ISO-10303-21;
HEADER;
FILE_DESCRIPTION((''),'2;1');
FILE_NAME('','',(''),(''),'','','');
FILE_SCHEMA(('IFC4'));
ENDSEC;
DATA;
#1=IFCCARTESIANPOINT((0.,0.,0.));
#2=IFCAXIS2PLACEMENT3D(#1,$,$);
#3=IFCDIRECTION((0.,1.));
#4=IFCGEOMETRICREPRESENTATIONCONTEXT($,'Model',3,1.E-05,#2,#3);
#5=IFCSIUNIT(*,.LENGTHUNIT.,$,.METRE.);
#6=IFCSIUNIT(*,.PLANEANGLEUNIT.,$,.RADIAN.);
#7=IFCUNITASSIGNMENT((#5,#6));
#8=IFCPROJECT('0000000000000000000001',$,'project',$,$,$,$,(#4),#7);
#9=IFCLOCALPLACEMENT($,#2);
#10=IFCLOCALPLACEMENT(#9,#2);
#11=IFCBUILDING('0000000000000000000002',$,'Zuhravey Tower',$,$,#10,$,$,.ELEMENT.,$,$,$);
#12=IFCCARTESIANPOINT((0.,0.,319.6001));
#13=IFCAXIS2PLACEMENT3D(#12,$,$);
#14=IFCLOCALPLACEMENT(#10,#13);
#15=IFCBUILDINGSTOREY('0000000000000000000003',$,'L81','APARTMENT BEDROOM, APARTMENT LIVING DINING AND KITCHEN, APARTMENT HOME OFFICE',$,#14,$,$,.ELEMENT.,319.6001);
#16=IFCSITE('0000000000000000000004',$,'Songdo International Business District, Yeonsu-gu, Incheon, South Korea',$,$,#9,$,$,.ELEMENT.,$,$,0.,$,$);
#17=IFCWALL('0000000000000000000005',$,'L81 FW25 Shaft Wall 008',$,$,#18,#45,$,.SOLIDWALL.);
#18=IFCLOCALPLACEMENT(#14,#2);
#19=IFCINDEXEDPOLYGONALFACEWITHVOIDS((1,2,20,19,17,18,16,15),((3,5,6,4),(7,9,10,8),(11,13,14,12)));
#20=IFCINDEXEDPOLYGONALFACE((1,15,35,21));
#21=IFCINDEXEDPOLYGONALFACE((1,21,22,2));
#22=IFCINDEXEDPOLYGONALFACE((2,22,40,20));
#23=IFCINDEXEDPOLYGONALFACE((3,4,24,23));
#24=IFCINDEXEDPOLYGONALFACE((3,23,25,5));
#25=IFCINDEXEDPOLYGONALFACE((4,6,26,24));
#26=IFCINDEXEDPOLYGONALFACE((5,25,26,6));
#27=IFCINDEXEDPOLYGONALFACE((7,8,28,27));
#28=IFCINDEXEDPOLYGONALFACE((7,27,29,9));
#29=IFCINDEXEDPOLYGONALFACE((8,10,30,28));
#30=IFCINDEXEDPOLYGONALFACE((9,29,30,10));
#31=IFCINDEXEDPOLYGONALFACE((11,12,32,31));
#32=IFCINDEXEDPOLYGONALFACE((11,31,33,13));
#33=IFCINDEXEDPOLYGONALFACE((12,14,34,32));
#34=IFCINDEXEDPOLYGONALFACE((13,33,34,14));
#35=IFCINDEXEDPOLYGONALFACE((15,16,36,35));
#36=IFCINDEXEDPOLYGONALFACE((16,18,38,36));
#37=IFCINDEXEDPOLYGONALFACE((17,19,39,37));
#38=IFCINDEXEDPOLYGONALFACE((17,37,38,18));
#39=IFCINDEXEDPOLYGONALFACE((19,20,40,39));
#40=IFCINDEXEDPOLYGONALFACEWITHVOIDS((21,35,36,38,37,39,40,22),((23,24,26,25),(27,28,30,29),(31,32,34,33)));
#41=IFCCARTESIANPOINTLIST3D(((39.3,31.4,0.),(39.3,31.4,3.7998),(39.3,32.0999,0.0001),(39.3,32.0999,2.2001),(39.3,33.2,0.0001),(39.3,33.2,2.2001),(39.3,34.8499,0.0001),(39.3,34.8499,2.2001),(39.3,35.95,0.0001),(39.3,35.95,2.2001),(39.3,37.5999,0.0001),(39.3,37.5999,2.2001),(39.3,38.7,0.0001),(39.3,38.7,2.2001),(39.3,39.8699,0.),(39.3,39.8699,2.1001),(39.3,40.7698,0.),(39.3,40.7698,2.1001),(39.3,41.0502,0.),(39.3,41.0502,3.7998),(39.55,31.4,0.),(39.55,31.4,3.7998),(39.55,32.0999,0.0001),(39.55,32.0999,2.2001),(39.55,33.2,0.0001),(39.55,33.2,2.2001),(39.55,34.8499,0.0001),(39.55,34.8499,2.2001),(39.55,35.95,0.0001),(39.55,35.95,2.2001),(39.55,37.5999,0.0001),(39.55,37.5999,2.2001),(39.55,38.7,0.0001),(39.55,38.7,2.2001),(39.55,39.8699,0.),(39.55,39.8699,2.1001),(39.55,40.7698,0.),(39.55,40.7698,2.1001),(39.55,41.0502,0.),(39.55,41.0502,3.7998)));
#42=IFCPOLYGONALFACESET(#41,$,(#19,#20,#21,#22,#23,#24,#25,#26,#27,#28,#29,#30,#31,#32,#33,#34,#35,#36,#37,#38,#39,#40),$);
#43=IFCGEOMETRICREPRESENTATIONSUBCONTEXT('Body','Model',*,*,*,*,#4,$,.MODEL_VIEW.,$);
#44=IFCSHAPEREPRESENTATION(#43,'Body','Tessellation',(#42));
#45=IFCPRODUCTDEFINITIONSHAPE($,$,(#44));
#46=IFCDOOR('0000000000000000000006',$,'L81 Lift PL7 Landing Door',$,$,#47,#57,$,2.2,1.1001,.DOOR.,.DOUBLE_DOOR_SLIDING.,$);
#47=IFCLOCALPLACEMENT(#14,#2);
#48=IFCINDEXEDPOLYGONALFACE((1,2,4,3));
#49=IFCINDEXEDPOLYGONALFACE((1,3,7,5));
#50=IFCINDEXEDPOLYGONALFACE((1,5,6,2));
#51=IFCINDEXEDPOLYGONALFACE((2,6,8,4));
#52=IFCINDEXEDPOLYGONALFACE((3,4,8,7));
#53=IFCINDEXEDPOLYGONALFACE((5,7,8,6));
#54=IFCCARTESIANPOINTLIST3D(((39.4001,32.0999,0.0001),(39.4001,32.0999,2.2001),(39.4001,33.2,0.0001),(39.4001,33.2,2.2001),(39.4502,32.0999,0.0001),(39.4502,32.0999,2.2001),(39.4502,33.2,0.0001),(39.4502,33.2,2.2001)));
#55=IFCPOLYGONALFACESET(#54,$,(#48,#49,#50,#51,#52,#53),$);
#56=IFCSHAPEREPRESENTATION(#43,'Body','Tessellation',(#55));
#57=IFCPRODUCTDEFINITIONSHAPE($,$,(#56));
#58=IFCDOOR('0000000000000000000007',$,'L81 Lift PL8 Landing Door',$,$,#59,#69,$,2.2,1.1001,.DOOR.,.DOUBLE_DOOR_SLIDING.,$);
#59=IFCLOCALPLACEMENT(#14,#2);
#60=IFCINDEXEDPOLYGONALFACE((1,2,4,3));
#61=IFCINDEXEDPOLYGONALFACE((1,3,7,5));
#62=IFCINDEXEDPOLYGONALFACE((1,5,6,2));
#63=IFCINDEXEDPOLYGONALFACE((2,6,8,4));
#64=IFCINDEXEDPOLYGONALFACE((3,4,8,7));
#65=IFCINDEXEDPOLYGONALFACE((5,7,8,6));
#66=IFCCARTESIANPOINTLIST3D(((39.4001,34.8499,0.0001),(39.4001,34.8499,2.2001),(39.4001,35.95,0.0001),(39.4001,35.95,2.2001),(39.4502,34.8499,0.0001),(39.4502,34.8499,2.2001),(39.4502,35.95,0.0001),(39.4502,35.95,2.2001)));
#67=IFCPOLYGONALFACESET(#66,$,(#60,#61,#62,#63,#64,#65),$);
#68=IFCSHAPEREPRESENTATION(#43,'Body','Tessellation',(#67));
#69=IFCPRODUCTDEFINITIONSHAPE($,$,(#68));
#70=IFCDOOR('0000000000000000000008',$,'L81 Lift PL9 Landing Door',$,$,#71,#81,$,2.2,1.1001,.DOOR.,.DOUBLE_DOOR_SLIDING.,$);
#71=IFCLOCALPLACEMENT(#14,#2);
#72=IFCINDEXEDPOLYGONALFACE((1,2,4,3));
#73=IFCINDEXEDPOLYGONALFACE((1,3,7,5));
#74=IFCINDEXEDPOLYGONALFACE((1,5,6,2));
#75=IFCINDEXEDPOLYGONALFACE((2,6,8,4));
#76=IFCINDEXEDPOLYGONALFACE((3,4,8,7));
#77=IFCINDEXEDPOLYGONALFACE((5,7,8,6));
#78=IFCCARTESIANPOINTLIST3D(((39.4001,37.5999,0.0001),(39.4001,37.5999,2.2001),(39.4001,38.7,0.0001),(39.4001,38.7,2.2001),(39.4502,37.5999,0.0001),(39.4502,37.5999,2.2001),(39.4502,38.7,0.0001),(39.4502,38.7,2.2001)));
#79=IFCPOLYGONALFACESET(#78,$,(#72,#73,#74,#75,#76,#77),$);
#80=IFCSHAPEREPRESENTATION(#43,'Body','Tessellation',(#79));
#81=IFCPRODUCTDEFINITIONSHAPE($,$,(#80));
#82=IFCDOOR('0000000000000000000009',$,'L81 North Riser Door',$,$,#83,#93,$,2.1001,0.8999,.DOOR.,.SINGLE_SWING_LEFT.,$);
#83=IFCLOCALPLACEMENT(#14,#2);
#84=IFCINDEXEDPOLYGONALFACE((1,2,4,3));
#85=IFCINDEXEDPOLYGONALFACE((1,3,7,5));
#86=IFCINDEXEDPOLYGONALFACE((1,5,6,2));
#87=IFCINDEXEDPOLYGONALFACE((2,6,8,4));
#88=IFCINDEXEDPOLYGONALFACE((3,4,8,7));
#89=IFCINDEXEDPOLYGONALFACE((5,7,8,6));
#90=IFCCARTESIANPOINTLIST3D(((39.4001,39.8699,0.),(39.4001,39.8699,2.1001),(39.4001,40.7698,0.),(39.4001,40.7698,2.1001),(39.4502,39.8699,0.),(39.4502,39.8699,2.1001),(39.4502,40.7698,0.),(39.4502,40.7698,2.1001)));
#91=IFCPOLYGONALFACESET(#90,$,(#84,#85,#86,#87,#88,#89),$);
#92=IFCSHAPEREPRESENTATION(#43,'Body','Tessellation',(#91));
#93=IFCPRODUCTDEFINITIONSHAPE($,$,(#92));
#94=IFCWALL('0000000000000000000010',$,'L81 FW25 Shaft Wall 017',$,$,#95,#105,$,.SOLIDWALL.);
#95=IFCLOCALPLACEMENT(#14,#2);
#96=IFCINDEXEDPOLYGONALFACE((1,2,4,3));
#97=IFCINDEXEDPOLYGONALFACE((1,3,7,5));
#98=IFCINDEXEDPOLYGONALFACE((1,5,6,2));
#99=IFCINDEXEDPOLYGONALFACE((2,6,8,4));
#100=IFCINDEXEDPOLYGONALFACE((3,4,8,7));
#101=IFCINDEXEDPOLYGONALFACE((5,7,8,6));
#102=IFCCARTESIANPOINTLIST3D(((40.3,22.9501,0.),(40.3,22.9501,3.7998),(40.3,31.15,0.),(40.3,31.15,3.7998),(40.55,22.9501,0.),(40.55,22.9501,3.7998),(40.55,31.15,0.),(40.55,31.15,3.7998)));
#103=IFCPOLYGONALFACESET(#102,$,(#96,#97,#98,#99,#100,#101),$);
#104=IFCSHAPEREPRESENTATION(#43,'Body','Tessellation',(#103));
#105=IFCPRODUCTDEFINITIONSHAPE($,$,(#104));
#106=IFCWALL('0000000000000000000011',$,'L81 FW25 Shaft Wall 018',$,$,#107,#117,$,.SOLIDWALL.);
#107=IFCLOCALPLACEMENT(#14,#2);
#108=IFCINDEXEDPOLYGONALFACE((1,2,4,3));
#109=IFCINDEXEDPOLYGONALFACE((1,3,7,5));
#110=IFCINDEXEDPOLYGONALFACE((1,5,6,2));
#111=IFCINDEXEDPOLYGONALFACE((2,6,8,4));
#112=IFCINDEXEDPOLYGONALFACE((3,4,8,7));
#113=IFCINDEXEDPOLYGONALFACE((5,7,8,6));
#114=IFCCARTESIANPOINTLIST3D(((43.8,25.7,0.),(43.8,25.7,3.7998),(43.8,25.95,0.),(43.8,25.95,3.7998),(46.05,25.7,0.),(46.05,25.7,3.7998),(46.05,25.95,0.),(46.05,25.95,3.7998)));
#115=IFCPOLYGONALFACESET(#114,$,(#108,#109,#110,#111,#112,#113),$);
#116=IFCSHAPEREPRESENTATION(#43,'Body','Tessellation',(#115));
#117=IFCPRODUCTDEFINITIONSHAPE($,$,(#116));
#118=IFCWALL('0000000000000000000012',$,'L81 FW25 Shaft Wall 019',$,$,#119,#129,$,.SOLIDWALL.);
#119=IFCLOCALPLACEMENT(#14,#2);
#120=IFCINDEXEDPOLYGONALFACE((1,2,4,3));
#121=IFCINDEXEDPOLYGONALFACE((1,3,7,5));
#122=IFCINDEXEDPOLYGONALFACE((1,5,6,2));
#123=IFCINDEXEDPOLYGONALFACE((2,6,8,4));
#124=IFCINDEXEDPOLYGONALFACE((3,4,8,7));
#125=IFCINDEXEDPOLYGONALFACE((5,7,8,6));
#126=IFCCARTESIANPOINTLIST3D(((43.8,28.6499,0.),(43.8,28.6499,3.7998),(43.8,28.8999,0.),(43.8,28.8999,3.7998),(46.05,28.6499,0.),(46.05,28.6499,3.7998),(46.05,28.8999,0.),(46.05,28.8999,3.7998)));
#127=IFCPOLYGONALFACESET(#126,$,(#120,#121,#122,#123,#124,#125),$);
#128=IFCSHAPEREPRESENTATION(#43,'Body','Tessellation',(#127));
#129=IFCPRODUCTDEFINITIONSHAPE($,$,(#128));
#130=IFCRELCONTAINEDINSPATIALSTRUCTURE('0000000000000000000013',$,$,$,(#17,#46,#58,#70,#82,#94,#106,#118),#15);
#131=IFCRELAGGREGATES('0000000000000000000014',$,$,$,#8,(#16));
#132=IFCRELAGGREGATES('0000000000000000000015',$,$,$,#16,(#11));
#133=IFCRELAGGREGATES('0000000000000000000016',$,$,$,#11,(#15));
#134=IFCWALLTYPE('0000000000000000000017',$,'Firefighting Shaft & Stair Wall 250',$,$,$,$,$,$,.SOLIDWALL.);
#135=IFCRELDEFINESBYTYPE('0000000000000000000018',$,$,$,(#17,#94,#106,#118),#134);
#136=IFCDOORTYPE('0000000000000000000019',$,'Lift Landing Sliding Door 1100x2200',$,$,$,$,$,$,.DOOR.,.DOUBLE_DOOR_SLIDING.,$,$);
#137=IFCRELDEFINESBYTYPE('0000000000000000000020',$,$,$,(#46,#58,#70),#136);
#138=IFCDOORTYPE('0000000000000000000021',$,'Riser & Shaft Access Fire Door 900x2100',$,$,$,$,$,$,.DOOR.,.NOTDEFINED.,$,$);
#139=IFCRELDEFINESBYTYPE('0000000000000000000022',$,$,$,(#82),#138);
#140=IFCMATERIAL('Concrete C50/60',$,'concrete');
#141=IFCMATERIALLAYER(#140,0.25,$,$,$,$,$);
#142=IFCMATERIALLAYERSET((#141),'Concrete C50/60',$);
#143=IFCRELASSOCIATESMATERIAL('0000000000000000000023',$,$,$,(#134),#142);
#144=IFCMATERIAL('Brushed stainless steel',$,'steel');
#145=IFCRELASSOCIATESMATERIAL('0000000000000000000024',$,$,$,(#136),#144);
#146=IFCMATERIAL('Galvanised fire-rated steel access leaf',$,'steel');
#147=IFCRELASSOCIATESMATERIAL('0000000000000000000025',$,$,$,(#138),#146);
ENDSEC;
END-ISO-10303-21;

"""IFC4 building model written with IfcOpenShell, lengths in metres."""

from ifc_helpers import new_model, si_unit, direction, frame, frame_2d, origin, place, context, subcontext, project, spatial, rectangle, extrude, material, layer, layer_set, type_object, element, fill, save


model = new_model("IFC4")

# Units and contexts
model_context = context("Model", 3, precision=1e-05, world=origin(), true_north=direction((0.0, 1.0)))
body_context = subcontext(model_context, "Body", "Model", "MODEL_VIEW")
ifc_project = project(units=[si_unit("LENGTHUNIT", "METRE"), si_unit("PLANEANGLEUNIT", "RADIAN")], contexts=[model_context])

# Site, building, storey
site_placement = place(None, origin())
site = spatial("IfcSite", under=ifc_project, at=site_placement, Name="Songdo International Business District, Yeonsu-gu, Incheon, South Korea", CompositionType="ELEMENT", RefElevation=0.0)
building_placement = place(site_placement, origin())
building = spatial("IfcBuilding", under=site, at=building_placement, Name="Zuhravey Tower", CompositionType="ELEMENT")
storey_placement = place(building_placement, frame((0.0, 0.0, 319.6001)))
storey = spatial("IfcBuildingStorey", under=building, at=storey_placement, Name="L81", Description="APARTMENT BEDROOM, APARTMENT LIVING DINING AND KITCHEN, APARTMENT HOME OFFICE", CompositionType="ELEMENT", Elevation=319.6001)

# Shared definitions
ifc_material_1 = material(Name="Concrete C50/60", Category="concrete")

# Shared definitions
ifc_layer_1 = layer(ifc_material_1, 0.25)
ifc_layer_set_1 = layer_set([ifc_layer_1], Name="Concrete C50/60")
wall_type_1 = type_object("IfcWallType", Name="Firefighting Shaft & Stair Wall 250", PredefinedType="SOLIDWALL", material=ifc_layer_set_1)

# Wall, openings, doors
wall_1_placement = place(storey_placement, frame((39.425, 31.3999, 0.0), z_axis=(0.0, 0.0, 1.0), x_axis=(0.0, 1.0, 0.0)))
wall_1 = element("IfcWall", 1, at=wall_1_placement, inside=storey, type_object=wall_type_1, Name="L81 FW25 Shaft Wall 008", PredefinedType="SOLIDWALL", context=body_context, shape_type="SweptSolid", body=[
    extrude(rectangle(XDim=9.6501, YDim=0.25, at=frame_2d((4.8252, 0.0))), origin(), (0.0, 0.0, 1.0), 3.7998),
])
opening_1_placement = place(wall_1_placement, frame((0.7, 0.0, 0.0)))
opening_1 = element("IfcOpeningElement", 2, at=opening_1_placement, cuts=wall_1, PredefinedType="OPENING", context=body_context, shape_type="SweptSolid", body=[
    extrude(rectangle(XDim=1.1001, YDim=2.2, at=frame_2d((0.55, 1.1001))), frame((0.0, 0.137, 0.0), z_axis=(0.0, -1.0, 0.0), x_axis=(1.0, 0.0, 0.0)), (0.0, 0.0, 1.0), 0.2739),
])
opening_2_placement = place(wall_1_placement, frame((3.45, 0.0, 0.0)))
opening_2 = element("IfcOpeningElement", 3, at=opening_2_placement, cuts=wall_1, PredefinedType="OPENING", context=body_context, shape_type="SweptSolid", body=[
    extrude(rectangle(XDim=1.1001, YDim=2.2, at=frame_2d((0.55, 1.1001))), frame((0.0, 0.137, 0.0), z_axis=(0.0, -1.0, 0.0), x_axis=(1.0, 0.0, 0.0)), (0.0, 0.0, 1.0), 0.2739),
])
opening_3_placement = place(wall_1_placement, frame((6.2, 0.0, 0.0)))
opening_3 = element("IfcOpeningElement", 4, at=opening_3_placement, cuts=wall_1, PredefinedType="OPENING", context=body_context, shape_type="SweptSolid", body=[
    extrude(rectangle(XDim=1.1001, YDim=2.2, at=frame_2d((0.55, 1.1001))), frame((0.0, 0.137, 0.0), z_axis=(0.0, -1.0, 0.0), x_axis=(1.0, 0.0, 0.0)), (0.0, 0.0, 1.0), 0.2739),
])
opening_4_placement = place(wall_1_placement, frame((8.47, 0.0, 0.0)))
opening_4 = element("IfcOpeningElement", 5, at=opening_4_placement, cuts=wall_1, PredefinedType="OPENING", context=body_context, shape_type="SweptSolid", body=[
    extrude(rectangle(XDim=0.8999, YDim=2.1001, at=frame_2d((0.45, 1.05))), frame((0.0, 0.137, 0.0), z_axis=(0.0, -1.0, 0.0), x_axis=(1.0, 0.0, 0.0)), (0.0, 0.0, 1.0), 0.2739),
])
ifc_material_2 = material(Name="Brushed stainless steel", Category="steel")
door_type_1 = type_object("IfcDoorType", Name="Lift Landing Sliding Door 1100x2200", OperationType="DOUBLE_DOOR_SLIDING", PredefinedType="DOOR", material=ifc_material_2)
door_1_placement = place(opening_1_placement, origin())
door_1 = element("IfcDoor", 6, at=door_1_placement, inside=storey, type_object=door_type_1, Name="L81 Lift PL7 Landing Door", OperationType="DOUBLE_DOOR_SLIDING", OverallHeight=2.2, OverallWidth=1.1001, PredefinedType="DOOR", context=body_context, shape_type="SweptSolid", body=[
    extrude(rectangle(XDim=1.1001, YDim=2.2, at=frame_2d((0.55, 1.1001))), frame((0.0, 0.0249, 0.0), z_axis=(0.0, -1.0, 0.0), x_axis=(1.0, 0.0, 0.0)), (0.0, 0.0, 1.0), 0.05),
])
fill(opening_1, door_1)
door_2_placement = place(opening_2_placement, origin())
door_2 = element("IfcDoor", 7, at=door_2_placement, inside=storey, type_object=door_type_1, Name="L81 Lift PL8 Landing Door", OperationType="DOUBLE_DOOR_SLIDING", OverallHeight=2.2, OverallWidth=1.1001, PredefinedType="DOOR", context=body_context, shape_type="SweptSolid", body=[
    extrude(rectangle(XDim=1.1001, YDim=2.2, at=frame_2d((0.55, 1.1001))), frame((0.0, 0.0249, 0.0), z_axis=(0.0, -1.0, 0.0), x_axis=(1.0, 0.0, 0.0)), (0.0, 0.0, 1.0), 0.05),
])
fill(opening_2, door_2)
door_3_placement = place(opening_3_placement, origin())
door_3 = element("IfcDoor", 8, at=door_3_placement, inside=storey, type_object=door_type_1, Name="L81 Lift PL9 Landing Door", OperationType="DOUBLE_DOOR_SLIDING", OverallHeight=2.2, OverallWidth=1.1001, PredefinedType="DOOR", context=body_context, shape_type="SweptSolid", body=[
    extrude(rectangle(XDim=1.1001, YDim=2.2, at=frame_2d((0.55, 1.1001))), frame((0.0, 0.0249, 0.0), z_axis=(0.0, -1.0, 0.0), x_axis=(1.0, 0.0, 0.0)), (0.0, 0.0, 1.0), 0.05),
])
fill(opening_3, door_3)
ifc_material_3 = material(Name="Galvanised fire-rated steel access leaf", Category="steel")
door_type_2 = type_object("IfcDoorType", Name="Riser & Shaft Access Fire Door 900x2100", OperationType="NOTDEFINED", PredefinedType="DOOR", material=ifc_material_3)
door_4_placement = place(opening_4_placement, origin())
door_4 = element("IfcDoor", 9, at=door_4_placement, inside=storey, type_object=door_type_2, Name="L81 North Riser Door", OperationType="SINGLE_SWING_LEFT", OverallHeight=2.1001, OverallWidth=0.8999, PredefinedType="DOOR", context=body_context, shape_type="SweptSolid", body=[
    extrude(rectangle(XDim=0.8999, YDim=2.1001, at=frame_2d((0.45, 1.05))), frame((0.0, 0.0249, 0.0), z_axis=(0.0, -1.0, 0.0), x_axis=(1.0, 0.0, 0.0)), (0.0, 0.0, 1.0), 0.05),
])
fill(opening_4, door_4)

# Walls
wall_2_placement = place(storey_placement, frame((40.425, 22.95, 0.0), z_axis=(0.0, 0.0, 1.0), x_axis=(0.0, 1.0, 0.0)))
element("IfcWall", 10, at=wall_2_placement, inside=storey, type_object=wall_type_1, Name="L81 FW25 Shaft Wall 017", PredefinedType="SOLIDWALL", context=body_context, shape_type="SweptSolid", body=[
    extrude(rectangle(XDim=8.2, YDim=0.25, at=frame_2d((4.1001, 0.0))), origin(), (0.0, 0.0, 1.0), 3.7998),
])
for number, where, z_axis, x_axis, name in (
    (11, (43.8, 25.825, 0.0), (0.0, 0.0, 1.0), (1.0, 0.0, 0.0), "L81 FW25 Shaft Wall 018"),
    (12, (43.8, 28.7749, 0.0), (0.0, 0.0, 1.0), (1.0, 0.0, 0.0), "L81 FW25 Shaft Wall 019"),
):
    element("IfcWall", number, at=place(storey_placement, frame(where, z_axis=z_axis, x_axis=x_axis)), inside=storey, type_object=wall_type_1, Name=name, PredefinedType="SOLIDWALL", context=body_context, shape_type="SweptSolid", body=[
        extrude(rectangle(XDim=2.25, YDim=0.25, at=frame_2d((1.125, 0.0))), origin(), (0.0, 0.0, 1.0), 3.7998),
    ])

save(model, "model.ifc")
